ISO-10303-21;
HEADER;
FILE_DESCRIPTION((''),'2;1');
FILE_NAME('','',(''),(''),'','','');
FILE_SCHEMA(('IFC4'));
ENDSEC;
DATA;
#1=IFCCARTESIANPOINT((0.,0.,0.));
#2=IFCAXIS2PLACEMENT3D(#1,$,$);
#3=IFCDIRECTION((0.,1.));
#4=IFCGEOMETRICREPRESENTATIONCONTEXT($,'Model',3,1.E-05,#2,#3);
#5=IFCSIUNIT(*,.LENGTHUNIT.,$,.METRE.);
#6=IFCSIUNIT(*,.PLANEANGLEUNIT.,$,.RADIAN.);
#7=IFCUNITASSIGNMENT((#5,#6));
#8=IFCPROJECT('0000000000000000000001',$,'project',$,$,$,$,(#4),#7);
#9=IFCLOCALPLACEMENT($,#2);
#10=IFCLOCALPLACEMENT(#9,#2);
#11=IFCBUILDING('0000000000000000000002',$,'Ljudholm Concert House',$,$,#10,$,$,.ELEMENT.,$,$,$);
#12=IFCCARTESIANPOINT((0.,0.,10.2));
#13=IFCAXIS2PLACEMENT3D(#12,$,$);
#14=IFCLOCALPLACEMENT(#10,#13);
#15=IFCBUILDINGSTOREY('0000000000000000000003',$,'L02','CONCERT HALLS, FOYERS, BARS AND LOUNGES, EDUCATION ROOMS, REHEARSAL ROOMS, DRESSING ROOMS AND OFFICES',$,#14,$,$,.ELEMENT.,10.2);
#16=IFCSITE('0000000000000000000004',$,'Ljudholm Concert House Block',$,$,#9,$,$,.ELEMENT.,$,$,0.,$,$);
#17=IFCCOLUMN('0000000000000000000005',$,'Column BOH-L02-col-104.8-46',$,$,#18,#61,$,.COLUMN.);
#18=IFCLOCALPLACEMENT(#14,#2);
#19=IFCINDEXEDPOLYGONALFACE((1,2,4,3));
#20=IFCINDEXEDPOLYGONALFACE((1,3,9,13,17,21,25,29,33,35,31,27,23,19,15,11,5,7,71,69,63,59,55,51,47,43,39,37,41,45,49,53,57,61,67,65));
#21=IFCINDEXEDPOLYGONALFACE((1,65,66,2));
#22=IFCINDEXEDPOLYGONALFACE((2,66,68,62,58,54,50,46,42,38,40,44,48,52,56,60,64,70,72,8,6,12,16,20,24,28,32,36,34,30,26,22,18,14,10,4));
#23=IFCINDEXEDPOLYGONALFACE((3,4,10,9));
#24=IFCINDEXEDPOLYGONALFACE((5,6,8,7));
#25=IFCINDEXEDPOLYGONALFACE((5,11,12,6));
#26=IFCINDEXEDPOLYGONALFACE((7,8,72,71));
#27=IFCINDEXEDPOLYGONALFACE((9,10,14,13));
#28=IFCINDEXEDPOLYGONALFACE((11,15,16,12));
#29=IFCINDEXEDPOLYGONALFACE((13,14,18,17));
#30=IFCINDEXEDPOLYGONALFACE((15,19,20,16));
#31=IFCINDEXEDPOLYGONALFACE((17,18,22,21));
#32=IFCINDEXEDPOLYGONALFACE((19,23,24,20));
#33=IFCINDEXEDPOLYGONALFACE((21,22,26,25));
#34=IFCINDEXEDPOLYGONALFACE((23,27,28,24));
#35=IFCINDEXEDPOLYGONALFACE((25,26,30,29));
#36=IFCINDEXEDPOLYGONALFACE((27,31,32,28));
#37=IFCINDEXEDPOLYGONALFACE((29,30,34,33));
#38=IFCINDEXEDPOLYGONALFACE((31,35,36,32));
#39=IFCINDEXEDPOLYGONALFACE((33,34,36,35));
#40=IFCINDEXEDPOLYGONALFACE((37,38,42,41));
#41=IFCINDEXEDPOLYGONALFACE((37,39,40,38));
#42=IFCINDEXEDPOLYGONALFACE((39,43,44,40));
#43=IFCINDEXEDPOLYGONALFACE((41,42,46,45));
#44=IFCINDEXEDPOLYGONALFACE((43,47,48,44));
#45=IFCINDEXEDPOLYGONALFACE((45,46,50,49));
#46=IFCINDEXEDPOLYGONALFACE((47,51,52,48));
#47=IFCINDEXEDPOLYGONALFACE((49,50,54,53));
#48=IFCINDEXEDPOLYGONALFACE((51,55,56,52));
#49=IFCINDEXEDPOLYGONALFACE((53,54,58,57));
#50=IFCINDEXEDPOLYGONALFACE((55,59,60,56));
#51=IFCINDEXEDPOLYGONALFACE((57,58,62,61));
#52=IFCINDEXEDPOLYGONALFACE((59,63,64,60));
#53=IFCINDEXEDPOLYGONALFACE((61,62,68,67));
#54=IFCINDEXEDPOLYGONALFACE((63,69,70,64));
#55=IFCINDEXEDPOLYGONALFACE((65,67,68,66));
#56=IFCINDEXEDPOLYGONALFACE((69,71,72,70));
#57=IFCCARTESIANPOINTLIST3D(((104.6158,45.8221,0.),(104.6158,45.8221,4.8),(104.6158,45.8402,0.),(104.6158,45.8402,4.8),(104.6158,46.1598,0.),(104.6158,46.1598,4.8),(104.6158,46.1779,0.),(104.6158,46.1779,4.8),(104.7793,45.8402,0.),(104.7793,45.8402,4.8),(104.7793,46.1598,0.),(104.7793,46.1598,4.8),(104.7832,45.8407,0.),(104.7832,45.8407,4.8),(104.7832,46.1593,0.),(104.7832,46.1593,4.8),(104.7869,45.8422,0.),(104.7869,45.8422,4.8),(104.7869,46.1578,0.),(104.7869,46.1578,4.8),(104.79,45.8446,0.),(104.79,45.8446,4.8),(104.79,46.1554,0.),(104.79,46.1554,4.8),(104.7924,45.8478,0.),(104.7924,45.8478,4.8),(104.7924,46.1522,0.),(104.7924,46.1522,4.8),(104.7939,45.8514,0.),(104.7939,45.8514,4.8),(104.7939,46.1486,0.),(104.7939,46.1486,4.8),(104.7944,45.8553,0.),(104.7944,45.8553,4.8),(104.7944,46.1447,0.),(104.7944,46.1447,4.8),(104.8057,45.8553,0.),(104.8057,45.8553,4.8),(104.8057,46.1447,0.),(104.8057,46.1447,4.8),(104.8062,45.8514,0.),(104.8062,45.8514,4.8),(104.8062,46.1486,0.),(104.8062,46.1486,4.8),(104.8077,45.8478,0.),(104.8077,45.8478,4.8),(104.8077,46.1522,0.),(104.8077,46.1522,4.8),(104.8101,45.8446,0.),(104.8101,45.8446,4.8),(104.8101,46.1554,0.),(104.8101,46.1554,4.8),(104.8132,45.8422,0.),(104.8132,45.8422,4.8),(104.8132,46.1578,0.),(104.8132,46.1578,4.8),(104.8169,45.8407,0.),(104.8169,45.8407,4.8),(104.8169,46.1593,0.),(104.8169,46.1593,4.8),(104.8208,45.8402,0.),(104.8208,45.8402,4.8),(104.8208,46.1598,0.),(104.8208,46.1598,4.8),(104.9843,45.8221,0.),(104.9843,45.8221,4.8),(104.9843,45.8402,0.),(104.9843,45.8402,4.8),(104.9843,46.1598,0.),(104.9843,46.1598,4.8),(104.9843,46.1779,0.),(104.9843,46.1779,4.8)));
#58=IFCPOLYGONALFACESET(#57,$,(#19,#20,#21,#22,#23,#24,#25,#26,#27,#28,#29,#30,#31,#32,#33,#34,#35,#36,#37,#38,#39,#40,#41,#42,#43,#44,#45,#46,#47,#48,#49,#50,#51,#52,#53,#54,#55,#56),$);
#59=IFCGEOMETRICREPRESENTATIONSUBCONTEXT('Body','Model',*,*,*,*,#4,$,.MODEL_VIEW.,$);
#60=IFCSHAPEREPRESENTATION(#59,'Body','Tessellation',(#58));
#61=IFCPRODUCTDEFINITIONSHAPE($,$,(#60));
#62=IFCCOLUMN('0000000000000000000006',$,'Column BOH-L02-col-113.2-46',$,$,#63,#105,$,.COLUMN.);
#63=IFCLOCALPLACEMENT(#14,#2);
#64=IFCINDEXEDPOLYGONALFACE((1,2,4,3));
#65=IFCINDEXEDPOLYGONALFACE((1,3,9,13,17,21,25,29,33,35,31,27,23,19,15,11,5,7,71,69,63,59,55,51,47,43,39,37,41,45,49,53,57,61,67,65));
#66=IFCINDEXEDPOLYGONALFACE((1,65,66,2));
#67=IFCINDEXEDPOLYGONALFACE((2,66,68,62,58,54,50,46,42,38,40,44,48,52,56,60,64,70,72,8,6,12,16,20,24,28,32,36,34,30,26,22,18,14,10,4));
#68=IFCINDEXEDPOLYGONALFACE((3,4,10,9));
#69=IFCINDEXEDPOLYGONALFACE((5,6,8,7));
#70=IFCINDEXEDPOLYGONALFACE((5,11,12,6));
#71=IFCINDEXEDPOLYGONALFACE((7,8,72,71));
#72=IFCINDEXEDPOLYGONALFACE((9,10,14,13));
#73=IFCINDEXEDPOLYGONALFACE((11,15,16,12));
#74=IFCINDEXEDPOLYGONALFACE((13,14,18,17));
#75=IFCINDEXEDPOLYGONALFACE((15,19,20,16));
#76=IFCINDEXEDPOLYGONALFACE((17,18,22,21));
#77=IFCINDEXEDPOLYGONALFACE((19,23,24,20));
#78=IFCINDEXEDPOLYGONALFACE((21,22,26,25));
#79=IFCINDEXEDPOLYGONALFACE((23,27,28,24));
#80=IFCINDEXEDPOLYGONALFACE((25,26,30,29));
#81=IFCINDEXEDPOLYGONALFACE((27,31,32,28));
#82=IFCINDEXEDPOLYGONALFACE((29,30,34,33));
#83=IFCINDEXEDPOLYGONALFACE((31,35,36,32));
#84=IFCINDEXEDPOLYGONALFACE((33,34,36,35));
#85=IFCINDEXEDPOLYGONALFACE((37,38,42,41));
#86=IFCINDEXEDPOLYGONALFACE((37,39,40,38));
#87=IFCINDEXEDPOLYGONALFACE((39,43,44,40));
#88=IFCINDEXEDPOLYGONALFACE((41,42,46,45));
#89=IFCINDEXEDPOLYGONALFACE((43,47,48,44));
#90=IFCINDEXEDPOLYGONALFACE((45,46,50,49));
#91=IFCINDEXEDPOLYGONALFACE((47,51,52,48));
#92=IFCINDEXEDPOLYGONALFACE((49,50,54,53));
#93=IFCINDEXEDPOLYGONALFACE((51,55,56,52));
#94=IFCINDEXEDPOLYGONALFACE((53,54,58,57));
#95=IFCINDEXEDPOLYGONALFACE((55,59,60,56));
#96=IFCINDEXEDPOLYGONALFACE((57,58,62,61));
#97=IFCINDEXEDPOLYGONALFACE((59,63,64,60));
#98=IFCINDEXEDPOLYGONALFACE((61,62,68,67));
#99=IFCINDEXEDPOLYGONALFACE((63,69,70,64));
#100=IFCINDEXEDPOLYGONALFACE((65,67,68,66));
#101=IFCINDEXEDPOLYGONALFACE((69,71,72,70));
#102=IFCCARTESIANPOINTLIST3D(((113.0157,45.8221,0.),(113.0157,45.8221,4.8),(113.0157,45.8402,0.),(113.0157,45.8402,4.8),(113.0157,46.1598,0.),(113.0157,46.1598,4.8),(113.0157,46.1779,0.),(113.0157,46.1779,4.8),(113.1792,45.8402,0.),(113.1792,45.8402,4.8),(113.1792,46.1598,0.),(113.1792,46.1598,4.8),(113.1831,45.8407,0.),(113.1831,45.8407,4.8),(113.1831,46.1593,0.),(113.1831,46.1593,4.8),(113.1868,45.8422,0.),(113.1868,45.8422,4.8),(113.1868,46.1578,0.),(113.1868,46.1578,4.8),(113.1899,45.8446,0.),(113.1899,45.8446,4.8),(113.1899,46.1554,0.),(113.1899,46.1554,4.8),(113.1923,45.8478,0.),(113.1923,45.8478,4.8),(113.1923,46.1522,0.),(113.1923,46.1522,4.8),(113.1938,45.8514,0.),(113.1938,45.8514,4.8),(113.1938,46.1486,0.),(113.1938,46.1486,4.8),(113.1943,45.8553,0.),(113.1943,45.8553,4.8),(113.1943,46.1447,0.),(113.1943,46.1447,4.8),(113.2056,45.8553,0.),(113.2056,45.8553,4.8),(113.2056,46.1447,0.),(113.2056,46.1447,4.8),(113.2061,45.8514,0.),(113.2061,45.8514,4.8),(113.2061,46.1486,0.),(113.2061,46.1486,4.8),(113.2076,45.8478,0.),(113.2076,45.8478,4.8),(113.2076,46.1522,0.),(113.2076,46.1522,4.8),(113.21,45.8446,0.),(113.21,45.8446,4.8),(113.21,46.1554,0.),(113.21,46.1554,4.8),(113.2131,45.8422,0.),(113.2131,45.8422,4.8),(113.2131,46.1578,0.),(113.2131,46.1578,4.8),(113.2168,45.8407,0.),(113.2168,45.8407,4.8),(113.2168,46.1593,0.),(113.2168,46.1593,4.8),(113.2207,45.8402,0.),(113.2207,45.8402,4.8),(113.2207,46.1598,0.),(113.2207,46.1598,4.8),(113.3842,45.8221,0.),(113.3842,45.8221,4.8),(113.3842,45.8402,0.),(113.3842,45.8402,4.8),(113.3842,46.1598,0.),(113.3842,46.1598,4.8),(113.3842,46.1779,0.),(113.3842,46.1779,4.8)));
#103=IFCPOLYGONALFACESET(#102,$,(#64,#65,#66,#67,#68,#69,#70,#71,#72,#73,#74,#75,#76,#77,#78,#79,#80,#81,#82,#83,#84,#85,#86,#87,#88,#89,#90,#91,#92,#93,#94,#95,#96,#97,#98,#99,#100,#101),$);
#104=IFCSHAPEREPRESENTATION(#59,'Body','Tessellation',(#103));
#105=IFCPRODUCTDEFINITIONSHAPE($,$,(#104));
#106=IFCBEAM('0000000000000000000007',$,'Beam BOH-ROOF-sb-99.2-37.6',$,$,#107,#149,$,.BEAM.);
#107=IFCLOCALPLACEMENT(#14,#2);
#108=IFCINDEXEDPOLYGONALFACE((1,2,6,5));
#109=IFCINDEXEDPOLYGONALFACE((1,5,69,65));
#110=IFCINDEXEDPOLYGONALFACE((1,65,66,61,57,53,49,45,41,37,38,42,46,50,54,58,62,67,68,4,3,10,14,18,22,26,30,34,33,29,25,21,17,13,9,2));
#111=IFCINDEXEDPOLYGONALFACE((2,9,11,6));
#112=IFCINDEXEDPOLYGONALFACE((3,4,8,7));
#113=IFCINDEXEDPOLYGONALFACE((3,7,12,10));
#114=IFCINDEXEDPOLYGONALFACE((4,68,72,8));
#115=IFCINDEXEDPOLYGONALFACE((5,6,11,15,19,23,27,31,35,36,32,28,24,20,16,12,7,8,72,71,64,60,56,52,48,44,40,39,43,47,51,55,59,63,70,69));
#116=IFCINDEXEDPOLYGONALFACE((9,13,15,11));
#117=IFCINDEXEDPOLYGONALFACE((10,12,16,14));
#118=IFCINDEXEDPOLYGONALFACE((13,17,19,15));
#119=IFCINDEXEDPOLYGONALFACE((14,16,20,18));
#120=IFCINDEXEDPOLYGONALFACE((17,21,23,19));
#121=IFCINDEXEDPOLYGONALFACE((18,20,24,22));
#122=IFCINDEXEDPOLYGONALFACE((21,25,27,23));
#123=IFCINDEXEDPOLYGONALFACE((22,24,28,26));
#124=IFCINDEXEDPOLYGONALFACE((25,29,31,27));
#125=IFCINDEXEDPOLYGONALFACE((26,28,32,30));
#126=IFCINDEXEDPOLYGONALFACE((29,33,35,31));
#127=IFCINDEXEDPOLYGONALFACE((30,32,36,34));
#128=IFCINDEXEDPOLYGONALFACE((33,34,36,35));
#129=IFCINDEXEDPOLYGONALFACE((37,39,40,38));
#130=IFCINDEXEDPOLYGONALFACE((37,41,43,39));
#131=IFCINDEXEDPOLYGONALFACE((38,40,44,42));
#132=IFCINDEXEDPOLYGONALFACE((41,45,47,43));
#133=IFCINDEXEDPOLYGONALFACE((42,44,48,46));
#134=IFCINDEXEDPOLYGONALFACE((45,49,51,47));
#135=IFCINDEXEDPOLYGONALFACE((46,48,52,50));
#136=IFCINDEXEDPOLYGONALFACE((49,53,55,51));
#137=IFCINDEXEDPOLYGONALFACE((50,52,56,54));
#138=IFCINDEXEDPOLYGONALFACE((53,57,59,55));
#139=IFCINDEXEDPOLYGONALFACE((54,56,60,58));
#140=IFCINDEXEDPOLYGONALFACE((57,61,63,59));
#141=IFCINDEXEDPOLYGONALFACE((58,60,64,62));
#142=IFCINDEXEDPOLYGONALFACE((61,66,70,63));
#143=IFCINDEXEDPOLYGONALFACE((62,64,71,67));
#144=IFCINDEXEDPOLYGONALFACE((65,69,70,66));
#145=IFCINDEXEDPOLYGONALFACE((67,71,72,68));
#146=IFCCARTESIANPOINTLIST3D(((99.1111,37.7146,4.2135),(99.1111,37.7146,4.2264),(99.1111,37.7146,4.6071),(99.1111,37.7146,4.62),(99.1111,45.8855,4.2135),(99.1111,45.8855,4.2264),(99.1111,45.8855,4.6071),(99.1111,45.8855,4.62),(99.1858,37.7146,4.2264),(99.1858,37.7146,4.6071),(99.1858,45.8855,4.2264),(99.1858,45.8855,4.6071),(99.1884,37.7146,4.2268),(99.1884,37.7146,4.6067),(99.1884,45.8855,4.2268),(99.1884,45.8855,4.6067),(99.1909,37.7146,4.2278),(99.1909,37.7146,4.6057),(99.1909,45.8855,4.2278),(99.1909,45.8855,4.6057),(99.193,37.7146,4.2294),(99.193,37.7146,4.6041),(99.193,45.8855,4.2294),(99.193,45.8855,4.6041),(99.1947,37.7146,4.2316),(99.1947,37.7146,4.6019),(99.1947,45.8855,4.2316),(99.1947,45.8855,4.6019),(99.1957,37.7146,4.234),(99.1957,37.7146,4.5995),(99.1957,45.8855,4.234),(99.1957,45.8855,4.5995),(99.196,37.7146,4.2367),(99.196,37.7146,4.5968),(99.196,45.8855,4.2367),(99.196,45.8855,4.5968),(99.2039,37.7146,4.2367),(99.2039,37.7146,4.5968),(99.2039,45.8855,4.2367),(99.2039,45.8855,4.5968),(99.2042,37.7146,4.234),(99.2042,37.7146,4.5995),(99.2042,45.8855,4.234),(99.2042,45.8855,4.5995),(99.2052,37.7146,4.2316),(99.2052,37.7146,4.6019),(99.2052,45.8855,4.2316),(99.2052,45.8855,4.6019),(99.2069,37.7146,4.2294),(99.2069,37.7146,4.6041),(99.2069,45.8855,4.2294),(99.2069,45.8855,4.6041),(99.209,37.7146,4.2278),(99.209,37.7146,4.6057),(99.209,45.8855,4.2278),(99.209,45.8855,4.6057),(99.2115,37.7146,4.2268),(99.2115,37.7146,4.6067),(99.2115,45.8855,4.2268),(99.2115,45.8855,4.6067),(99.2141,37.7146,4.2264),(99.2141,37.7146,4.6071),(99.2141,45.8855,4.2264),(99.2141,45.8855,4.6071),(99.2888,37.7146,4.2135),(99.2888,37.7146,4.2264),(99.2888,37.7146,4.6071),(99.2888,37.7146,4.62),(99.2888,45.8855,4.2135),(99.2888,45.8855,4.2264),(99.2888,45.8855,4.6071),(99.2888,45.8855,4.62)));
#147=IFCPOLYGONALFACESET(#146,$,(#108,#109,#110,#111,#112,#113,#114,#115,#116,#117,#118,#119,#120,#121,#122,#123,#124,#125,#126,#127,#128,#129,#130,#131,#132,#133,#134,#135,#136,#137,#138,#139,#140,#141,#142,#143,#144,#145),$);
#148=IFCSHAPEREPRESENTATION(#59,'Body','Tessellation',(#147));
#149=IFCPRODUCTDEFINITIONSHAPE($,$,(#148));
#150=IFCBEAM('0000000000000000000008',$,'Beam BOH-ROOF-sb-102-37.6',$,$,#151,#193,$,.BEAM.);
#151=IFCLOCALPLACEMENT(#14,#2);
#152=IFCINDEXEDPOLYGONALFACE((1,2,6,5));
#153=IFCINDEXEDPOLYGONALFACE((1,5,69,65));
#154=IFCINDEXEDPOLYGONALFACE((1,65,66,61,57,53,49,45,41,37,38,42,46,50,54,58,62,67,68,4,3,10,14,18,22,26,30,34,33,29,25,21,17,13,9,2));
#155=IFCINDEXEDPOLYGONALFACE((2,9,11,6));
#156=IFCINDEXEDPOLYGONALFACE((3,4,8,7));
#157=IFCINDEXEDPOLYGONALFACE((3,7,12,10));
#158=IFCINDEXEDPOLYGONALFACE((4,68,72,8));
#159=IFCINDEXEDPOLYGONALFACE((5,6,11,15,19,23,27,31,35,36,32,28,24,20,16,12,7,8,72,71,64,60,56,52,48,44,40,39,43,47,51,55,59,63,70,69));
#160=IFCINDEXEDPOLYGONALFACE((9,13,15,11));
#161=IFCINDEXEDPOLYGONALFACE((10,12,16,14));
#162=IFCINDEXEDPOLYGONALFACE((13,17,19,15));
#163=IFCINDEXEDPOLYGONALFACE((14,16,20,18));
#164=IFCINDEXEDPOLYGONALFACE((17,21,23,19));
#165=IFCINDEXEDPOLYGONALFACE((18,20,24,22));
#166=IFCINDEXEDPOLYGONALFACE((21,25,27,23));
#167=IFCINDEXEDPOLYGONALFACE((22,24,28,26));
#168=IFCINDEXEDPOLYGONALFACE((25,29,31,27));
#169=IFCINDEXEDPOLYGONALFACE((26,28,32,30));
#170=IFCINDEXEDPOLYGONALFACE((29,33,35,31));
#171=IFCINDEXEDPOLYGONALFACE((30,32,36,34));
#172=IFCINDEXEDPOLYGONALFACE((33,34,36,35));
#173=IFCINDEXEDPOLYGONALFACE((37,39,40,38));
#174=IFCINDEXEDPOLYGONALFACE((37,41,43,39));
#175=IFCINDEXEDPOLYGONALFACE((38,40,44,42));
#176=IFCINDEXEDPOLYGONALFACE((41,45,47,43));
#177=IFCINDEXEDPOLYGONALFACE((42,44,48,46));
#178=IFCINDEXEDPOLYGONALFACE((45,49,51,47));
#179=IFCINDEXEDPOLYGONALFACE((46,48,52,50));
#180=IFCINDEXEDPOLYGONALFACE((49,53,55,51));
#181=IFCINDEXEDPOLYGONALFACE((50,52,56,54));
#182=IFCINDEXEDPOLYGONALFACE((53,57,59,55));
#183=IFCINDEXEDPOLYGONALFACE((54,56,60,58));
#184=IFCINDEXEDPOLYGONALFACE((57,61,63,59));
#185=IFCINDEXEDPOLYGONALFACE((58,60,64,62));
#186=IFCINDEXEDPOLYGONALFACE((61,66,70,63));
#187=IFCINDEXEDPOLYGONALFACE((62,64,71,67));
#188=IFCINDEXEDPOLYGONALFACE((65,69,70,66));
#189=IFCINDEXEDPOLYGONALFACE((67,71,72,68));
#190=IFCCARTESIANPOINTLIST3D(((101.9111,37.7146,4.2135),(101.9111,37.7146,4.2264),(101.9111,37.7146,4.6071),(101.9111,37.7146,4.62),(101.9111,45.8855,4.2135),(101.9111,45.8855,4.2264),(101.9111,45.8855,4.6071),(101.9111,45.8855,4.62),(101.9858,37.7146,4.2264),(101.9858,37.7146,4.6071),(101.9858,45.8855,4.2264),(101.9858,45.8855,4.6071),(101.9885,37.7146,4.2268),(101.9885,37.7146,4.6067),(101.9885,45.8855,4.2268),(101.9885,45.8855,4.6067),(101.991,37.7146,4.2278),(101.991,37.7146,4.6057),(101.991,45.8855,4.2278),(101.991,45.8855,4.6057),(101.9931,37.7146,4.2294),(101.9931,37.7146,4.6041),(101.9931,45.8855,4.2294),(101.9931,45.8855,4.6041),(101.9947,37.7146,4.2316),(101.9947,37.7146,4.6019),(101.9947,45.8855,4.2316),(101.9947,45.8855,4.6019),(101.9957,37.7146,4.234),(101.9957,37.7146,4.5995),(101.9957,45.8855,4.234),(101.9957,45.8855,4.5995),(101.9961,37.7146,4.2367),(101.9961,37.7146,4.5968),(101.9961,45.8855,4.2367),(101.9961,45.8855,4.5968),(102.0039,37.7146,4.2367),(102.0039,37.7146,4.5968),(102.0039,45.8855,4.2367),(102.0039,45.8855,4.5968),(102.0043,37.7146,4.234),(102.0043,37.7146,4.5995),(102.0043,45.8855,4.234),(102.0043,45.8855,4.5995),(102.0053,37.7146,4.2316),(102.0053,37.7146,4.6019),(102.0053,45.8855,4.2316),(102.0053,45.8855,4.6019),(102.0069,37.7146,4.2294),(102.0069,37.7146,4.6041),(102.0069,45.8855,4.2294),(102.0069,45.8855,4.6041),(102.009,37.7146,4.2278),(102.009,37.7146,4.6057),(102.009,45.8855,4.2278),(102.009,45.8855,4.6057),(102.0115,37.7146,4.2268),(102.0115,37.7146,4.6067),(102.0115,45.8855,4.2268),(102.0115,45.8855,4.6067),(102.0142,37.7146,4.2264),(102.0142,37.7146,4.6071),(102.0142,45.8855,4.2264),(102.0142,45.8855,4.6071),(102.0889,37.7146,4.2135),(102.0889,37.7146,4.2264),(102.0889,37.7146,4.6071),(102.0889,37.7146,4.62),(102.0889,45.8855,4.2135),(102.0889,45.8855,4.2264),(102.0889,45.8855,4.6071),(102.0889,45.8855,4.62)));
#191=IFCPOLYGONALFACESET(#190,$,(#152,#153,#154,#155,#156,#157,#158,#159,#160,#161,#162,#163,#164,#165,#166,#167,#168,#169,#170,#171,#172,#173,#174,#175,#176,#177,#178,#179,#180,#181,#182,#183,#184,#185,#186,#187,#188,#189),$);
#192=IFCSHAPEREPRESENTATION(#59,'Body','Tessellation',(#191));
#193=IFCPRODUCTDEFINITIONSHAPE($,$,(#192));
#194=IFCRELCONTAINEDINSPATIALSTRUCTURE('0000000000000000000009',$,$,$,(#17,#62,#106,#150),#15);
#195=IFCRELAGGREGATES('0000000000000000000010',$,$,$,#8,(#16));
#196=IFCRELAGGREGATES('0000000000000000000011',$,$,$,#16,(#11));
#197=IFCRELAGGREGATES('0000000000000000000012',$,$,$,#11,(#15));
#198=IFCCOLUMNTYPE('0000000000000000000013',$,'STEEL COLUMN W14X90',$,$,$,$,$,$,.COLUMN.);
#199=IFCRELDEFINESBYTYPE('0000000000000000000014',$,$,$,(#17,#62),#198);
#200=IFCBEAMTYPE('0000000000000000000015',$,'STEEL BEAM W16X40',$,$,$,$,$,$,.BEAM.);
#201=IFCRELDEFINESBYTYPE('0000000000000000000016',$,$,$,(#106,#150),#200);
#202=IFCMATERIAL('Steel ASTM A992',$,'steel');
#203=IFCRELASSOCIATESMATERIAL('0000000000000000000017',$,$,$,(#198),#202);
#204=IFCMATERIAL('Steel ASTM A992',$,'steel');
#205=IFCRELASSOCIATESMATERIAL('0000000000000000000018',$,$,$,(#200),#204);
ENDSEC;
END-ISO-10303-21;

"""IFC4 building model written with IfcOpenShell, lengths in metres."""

from ifc_helpers import new_model, si_unit, direction, frame, origin, origin_2d, place, context, subcontext, project, spatial, i_section, extrude, material, material_profile, profile_set, type_object, element, save


model = new_model("IFC4")

# Units and contexts
model_context = context("Model", 3, precision=1e-05, world=origin(), true_north=direction((0.0, 1.0)))
body_context = subcontext(model_context, "Body", "Model", "MODEL_VIEW")
ifc_project = project(units=[si_unit("LENGTHUNIT", "METRE"), si_unit("PLANEANGLEUNIT", "RADIAN")], contexts=[model_context])

# Site, building, storey
site_placement = place(None, origin())
site = spatial("IfcSite", under=ifc_project, at=site_placement, Name="Ljudholm Concert House Block", CompositionType="ELEMENT", RefElevation=0.0)
building_placement = place(site_placement, origin())
building = spatial("IfcBuilding", under=site, at=building_placement, Name="Ljudholm Concert House", CompositionType="ELEMENT")
storey_placement = place(building_placement, frame((0.0, 0.0, 10.2)))
storey = spatial("IfcBuildingStorey", under=building, at=storey_placement, Name="L02", Description="CONCERT HALLS, FOYERS, BARS AND LOUNGES, EDUCATION ROOMS, REHEARSAL ROOMS, DRESSING ROOMS AND OFFICES", CompositionType="ELEMENT", Elevation=10.2)

# Columns
ifc_material_1 = material(Name="Steel ASTM A992", Category="steel")
ifc_material_profile_1 = material_profile(ifc_material_1, i_section(OverallWidth=0.3684, OverallDepth=0.3557, WebThickness=0.0112, FlangeThickness=0.0181, FilletRadius=0.0151, at=origin_2d()), Name="W14X90")
ifc_profile_set_1 = profile_set([ifc_material_profile_1], Name="Steel ASTM A992")
column_type = type_object("IfcColumnType", Name="STEEL COLUMN W14X90", PredefinedType="COLUMN", material=ifc_profile_set_1)
for number, where, z_axis, x_axis, name in (
    (1, (104.8, 46.0, 0.0), (0.0, 0.0, 1.0), (1.0, 0.0, 0.0), "Column BOH-L02-col-104.8-46"),
    (2, (113.2, 46.0, 0.0), (0.0, 0.0, 1.0), (1.0, 0.0, 0.0), "Column BOH-L02-col-113.2-46"),
):
    element("IfcColumn", number, at=place(storey_placement, frame(where, z_axis=z_axis, x_axis=x_axis)), inside=storey, type_object=column_type, Name=name, PredefinedType="COLUMN", context=body_context, shape_type="SweptSolid", body=[
        extrude(i_section(OverallWidth=0.3684, OverallDepth=0.3557, WebThickness=0.0112, FlangeThickness=0.0181, FilletRadius=0.0151, at=origin_2d()), origin(), (0.0, 0.0, 1.0), 4.8),
    ])

# Beams
ifc_material_2 = material(Name="Steel ASTM A992", Category="steel")
ifc_material_profile_2 = material_profile(ifc_material_2, i_section(OverallWidth=0.1777, OverallDepth=0.4065, WebThickness=0.0078, FlangeThickness=0.0129, FilletRadius=0.0103, at=origin_2d()), Name="W16X40")
ifc_profile_set_2 = profile_set([ifc_material_profile_2], Name="Steel ASTM A992")
beam_type_1 = type_object("IfcBeamType", Name="STEEL BEAM W16X40", PredefinedType="BEAM", material=ifc_profile_set_2)
for number, where, z_axis, x_axis, name in (
    (3, (99.2, 37.7146, 4.4167), (0.0, 1.0, 0.0), (-1.0, 0.0, 0.0), "Beam BOH-ROOF-sb-99.2-37.6"),
    (4, (102.0, 37.7146, 4.4167), (0.0, 1.0, 0.0), (-1.0, 0.0, 0.0), "Beam BOH-ROOF-sb-102-37.6"),
):
    element("IfcBeam", number, at=place(storey_placement, frame(where, z_axis=z_axis, x_axis=x_axis)), inside=storey, type_object=beam_type_1, Name=name, PredefinedType="BEAM", context=body_context, shape_type="SweptSolid", body=[
        extrude(i_section(OverallWidth=0.1777, OverallDepth=0.4065, WebThickness=0.0078, FlangeThickness=0.0129, FilletRadius=0.0103, at=origin_2d()), origin(), (0.0, 0.0, 1.0), 8.1709),
    ])

save(model, "model.ifc")
